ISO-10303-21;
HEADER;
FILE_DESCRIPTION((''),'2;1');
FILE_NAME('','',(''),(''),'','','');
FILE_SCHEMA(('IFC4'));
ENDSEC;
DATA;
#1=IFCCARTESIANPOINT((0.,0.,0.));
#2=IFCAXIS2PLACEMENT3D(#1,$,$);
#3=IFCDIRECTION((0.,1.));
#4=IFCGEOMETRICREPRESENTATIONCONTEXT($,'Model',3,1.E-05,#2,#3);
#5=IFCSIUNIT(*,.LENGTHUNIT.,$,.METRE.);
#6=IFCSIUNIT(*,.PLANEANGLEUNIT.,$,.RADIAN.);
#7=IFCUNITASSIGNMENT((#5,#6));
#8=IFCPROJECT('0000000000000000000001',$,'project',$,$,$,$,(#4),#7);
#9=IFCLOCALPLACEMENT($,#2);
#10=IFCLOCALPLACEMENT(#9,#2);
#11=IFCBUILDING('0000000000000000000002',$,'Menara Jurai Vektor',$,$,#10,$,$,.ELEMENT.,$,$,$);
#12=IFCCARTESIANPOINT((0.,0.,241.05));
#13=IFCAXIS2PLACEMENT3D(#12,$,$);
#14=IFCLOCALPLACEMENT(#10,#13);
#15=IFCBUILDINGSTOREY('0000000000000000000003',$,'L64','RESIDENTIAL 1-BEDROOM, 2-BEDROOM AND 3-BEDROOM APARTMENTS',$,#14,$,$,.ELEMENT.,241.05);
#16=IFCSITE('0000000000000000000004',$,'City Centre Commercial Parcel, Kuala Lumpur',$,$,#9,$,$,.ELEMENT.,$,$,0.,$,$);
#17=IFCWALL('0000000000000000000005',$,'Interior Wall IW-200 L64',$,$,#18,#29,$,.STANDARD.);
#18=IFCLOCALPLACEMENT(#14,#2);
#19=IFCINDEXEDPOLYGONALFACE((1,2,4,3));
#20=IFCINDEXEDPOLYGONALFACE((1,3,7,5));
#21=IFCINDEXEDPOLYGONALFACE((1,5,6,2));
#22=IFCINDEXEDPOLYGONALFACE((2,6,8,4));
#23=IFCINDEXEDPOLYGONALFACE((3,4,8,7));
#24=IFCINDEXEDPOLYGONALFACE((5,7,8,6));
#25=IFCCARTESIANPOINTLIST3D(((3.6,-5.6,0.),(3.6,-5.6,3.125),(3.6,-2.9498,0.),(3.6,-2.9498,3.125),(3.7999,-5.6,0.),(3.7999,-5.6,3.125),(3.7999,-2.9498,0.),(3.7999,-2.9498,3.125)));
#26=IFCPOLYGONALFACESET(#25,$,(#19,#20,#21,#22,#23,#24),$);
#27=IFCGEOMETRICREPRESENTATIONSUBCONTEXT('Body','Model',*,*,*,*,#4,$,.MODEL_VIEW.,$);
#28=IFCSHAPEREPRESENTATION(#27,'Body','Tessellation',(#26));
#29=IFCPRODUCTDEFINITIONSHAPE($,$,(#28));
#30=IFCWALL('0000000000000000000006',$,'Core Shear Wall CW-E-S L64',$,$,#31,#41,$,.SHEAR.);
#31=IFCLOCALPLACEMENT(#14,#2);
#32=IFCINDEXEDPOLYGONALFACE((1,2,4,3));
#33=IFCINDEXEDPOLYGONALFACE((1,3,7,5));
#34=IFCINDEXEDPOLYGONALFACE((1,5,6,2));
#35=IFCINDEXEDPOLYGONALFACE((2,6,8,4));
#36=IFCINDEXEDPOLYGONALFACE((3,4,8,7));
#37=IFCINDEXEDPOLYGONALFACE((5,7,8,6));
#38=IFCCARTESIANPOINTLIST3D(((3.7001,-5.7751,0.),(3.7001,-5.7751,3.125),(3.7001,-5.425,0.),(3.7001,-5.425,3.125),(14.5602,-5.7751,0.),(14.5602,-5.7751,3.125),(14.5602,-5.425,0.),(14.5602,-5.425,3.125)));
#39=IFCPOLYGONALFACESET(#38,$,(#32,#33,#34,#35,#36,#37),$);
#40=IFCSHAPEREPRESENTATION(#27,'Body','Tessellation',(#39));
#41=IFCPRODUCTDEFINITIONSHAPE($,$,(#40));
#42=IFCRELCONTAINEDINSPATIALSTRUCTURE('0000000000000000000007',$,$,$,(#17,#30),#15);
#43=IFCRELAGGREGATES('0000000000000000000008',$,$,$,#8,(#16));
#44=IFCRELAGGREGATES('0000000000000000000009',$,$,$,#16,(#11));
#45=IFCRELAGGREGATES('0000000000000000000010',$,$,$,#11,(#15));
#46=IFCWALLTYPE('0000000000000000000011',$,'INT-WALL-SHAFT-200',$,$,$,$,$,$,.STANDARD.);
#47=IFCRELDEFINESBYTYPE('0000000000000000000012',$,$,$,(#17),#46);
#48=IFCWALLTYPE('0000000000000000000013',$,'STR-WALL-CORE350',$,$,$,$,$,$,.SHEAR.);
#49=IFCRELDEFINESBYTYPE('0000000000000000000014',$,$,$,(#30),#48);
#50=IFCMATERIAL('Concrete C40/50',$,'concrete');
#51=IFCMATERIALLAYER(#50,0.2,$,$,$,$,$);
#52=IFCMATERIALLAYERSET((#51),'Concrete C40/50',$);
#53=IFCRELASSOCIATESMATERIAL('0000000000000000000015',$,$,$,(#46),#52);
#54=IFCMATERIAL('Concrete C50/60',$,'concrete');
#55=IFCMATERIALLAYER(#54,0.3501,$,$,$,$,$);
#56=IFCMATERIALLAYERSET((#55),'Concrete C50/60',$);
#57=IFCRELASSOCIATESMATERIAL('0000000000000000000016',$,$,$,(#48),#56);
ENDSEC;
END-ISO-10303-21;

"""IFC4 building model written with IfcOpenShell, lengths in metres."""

from ifc_helpers import new_model, si_unit, direction, frame, frame_2d, origin, place, context, subcontext, project, spatial, rectangle, extrude, material, layer, layer_set, type_object, element, save


model = new_model("IFC4")

# Units and contexts
model_context = context("Model", 3, precision=1e-05, world=origin(), true_north=direction((0.0, 1.0)))
body_context = subcontext(model_context, "Body", "Model", "MODEL_VIEW")
ifc_project = project(units=[si_unit("LENGTHUNIT", "METRE"), si_unit("PLANEANGLEUNIT", "RADIAN")], contexts=[model_context])

# Site, building, storey
site_placement = place(None, origin())
site = spatial("IfcSite", under=ifc_project, at=site_placement, Name="City Centre Commercial Parcel, Kuala Lumpur", CompositionType="ELEMENT", RefElevation=0.0)
building_placement = place(site_placement, origin())
building = spatial("IfcBuilding", under=site, at=building_placement, Name="Menara Jurai Vektor", CompositionType="ELEMENT")
storey_placement = place(building_placement, frame((0.0, 0.0, 241.05)))
storey = spatial("IfcBuildingStorey", under=building, at=storey_placement, Name="L64", Description="RESIDENTIAL 1-BEDROOM, 2-BEDROOM AND 3-BEDROOM APARTMENTS", CompositionType="ELEMENT", Elevation=241.05)

# Shared definitions
ifc_material_1 = material(Name="Concrete C50/60", Category="concrete")

# Wall
ifc_material_2 = material(Name="Concrete C40/50", Category="concrete")
ifc_layer_1 = layer(ifc_material_2, 0.2)
ifc_layer_set_1 = layer_set([ifc_layer_1], Name="Concrete C40/50")
wall_type_1 = type_object("IfcWallType", Name="INT-WALL-SHAFT-200", PredefinedType="STANDARD", material=ifc_layer_set_1)
wall_1_placement = place(storey_placement, frame((3.7, -5.6001, 0.0), z_axis=(0.0, 0.0, 1.0), x_axis=(0.0, 1.0, 0.0)))
element("IfcWall", 1, at=wall_1_placement, inside=storey, type_object=wall_type_1, Name="Interior Wall IW-200 L64", PredefinedType="STANDARD", context=body_context, shape_type="SweptSolid", body=[
    extrude(rectangle(XDim=2.6501, YDim=0.2, at=frame_2d((1.3252, 0.0))), origin(), (0.0, 0.0, 1.0), 3.125),
])

# Wall
ifc_layer_2 = layer(ifc_material_1, 0.3501)
ifc_layer_set_2 = layer_set([ifc_layer_2], Name="Concrete C50/60")
wall_type_2 = type_object("IfcWallType", Name="STR-WALL-CORE350", PredefinedType="SHEAR", material=ifc_layer_set_2)
wall_2_placement = place(storey_placement, frame((3.7, -5.6001, 0.0), z_axis=(0.0, 0.0, 1.0), x_axis=(1.0, 0.0, 0.0)))
element("IfcWall", 2, at=wall_2_placement, inside=storey, type_object=wall_type_2, Name="Core Shear Wall CW-E-S L64", PredefinedType="SHEAR", context=body_context, shape_type="SweptSolid", body=[
    extrude(rectangle(XDim=10.8601, YDim=0.3501, at=frame_2d((5.4302, 0.0))), origin(), (0.0, 0.0, 1.0), 3.125),
])

save(model, "model.ifc")
